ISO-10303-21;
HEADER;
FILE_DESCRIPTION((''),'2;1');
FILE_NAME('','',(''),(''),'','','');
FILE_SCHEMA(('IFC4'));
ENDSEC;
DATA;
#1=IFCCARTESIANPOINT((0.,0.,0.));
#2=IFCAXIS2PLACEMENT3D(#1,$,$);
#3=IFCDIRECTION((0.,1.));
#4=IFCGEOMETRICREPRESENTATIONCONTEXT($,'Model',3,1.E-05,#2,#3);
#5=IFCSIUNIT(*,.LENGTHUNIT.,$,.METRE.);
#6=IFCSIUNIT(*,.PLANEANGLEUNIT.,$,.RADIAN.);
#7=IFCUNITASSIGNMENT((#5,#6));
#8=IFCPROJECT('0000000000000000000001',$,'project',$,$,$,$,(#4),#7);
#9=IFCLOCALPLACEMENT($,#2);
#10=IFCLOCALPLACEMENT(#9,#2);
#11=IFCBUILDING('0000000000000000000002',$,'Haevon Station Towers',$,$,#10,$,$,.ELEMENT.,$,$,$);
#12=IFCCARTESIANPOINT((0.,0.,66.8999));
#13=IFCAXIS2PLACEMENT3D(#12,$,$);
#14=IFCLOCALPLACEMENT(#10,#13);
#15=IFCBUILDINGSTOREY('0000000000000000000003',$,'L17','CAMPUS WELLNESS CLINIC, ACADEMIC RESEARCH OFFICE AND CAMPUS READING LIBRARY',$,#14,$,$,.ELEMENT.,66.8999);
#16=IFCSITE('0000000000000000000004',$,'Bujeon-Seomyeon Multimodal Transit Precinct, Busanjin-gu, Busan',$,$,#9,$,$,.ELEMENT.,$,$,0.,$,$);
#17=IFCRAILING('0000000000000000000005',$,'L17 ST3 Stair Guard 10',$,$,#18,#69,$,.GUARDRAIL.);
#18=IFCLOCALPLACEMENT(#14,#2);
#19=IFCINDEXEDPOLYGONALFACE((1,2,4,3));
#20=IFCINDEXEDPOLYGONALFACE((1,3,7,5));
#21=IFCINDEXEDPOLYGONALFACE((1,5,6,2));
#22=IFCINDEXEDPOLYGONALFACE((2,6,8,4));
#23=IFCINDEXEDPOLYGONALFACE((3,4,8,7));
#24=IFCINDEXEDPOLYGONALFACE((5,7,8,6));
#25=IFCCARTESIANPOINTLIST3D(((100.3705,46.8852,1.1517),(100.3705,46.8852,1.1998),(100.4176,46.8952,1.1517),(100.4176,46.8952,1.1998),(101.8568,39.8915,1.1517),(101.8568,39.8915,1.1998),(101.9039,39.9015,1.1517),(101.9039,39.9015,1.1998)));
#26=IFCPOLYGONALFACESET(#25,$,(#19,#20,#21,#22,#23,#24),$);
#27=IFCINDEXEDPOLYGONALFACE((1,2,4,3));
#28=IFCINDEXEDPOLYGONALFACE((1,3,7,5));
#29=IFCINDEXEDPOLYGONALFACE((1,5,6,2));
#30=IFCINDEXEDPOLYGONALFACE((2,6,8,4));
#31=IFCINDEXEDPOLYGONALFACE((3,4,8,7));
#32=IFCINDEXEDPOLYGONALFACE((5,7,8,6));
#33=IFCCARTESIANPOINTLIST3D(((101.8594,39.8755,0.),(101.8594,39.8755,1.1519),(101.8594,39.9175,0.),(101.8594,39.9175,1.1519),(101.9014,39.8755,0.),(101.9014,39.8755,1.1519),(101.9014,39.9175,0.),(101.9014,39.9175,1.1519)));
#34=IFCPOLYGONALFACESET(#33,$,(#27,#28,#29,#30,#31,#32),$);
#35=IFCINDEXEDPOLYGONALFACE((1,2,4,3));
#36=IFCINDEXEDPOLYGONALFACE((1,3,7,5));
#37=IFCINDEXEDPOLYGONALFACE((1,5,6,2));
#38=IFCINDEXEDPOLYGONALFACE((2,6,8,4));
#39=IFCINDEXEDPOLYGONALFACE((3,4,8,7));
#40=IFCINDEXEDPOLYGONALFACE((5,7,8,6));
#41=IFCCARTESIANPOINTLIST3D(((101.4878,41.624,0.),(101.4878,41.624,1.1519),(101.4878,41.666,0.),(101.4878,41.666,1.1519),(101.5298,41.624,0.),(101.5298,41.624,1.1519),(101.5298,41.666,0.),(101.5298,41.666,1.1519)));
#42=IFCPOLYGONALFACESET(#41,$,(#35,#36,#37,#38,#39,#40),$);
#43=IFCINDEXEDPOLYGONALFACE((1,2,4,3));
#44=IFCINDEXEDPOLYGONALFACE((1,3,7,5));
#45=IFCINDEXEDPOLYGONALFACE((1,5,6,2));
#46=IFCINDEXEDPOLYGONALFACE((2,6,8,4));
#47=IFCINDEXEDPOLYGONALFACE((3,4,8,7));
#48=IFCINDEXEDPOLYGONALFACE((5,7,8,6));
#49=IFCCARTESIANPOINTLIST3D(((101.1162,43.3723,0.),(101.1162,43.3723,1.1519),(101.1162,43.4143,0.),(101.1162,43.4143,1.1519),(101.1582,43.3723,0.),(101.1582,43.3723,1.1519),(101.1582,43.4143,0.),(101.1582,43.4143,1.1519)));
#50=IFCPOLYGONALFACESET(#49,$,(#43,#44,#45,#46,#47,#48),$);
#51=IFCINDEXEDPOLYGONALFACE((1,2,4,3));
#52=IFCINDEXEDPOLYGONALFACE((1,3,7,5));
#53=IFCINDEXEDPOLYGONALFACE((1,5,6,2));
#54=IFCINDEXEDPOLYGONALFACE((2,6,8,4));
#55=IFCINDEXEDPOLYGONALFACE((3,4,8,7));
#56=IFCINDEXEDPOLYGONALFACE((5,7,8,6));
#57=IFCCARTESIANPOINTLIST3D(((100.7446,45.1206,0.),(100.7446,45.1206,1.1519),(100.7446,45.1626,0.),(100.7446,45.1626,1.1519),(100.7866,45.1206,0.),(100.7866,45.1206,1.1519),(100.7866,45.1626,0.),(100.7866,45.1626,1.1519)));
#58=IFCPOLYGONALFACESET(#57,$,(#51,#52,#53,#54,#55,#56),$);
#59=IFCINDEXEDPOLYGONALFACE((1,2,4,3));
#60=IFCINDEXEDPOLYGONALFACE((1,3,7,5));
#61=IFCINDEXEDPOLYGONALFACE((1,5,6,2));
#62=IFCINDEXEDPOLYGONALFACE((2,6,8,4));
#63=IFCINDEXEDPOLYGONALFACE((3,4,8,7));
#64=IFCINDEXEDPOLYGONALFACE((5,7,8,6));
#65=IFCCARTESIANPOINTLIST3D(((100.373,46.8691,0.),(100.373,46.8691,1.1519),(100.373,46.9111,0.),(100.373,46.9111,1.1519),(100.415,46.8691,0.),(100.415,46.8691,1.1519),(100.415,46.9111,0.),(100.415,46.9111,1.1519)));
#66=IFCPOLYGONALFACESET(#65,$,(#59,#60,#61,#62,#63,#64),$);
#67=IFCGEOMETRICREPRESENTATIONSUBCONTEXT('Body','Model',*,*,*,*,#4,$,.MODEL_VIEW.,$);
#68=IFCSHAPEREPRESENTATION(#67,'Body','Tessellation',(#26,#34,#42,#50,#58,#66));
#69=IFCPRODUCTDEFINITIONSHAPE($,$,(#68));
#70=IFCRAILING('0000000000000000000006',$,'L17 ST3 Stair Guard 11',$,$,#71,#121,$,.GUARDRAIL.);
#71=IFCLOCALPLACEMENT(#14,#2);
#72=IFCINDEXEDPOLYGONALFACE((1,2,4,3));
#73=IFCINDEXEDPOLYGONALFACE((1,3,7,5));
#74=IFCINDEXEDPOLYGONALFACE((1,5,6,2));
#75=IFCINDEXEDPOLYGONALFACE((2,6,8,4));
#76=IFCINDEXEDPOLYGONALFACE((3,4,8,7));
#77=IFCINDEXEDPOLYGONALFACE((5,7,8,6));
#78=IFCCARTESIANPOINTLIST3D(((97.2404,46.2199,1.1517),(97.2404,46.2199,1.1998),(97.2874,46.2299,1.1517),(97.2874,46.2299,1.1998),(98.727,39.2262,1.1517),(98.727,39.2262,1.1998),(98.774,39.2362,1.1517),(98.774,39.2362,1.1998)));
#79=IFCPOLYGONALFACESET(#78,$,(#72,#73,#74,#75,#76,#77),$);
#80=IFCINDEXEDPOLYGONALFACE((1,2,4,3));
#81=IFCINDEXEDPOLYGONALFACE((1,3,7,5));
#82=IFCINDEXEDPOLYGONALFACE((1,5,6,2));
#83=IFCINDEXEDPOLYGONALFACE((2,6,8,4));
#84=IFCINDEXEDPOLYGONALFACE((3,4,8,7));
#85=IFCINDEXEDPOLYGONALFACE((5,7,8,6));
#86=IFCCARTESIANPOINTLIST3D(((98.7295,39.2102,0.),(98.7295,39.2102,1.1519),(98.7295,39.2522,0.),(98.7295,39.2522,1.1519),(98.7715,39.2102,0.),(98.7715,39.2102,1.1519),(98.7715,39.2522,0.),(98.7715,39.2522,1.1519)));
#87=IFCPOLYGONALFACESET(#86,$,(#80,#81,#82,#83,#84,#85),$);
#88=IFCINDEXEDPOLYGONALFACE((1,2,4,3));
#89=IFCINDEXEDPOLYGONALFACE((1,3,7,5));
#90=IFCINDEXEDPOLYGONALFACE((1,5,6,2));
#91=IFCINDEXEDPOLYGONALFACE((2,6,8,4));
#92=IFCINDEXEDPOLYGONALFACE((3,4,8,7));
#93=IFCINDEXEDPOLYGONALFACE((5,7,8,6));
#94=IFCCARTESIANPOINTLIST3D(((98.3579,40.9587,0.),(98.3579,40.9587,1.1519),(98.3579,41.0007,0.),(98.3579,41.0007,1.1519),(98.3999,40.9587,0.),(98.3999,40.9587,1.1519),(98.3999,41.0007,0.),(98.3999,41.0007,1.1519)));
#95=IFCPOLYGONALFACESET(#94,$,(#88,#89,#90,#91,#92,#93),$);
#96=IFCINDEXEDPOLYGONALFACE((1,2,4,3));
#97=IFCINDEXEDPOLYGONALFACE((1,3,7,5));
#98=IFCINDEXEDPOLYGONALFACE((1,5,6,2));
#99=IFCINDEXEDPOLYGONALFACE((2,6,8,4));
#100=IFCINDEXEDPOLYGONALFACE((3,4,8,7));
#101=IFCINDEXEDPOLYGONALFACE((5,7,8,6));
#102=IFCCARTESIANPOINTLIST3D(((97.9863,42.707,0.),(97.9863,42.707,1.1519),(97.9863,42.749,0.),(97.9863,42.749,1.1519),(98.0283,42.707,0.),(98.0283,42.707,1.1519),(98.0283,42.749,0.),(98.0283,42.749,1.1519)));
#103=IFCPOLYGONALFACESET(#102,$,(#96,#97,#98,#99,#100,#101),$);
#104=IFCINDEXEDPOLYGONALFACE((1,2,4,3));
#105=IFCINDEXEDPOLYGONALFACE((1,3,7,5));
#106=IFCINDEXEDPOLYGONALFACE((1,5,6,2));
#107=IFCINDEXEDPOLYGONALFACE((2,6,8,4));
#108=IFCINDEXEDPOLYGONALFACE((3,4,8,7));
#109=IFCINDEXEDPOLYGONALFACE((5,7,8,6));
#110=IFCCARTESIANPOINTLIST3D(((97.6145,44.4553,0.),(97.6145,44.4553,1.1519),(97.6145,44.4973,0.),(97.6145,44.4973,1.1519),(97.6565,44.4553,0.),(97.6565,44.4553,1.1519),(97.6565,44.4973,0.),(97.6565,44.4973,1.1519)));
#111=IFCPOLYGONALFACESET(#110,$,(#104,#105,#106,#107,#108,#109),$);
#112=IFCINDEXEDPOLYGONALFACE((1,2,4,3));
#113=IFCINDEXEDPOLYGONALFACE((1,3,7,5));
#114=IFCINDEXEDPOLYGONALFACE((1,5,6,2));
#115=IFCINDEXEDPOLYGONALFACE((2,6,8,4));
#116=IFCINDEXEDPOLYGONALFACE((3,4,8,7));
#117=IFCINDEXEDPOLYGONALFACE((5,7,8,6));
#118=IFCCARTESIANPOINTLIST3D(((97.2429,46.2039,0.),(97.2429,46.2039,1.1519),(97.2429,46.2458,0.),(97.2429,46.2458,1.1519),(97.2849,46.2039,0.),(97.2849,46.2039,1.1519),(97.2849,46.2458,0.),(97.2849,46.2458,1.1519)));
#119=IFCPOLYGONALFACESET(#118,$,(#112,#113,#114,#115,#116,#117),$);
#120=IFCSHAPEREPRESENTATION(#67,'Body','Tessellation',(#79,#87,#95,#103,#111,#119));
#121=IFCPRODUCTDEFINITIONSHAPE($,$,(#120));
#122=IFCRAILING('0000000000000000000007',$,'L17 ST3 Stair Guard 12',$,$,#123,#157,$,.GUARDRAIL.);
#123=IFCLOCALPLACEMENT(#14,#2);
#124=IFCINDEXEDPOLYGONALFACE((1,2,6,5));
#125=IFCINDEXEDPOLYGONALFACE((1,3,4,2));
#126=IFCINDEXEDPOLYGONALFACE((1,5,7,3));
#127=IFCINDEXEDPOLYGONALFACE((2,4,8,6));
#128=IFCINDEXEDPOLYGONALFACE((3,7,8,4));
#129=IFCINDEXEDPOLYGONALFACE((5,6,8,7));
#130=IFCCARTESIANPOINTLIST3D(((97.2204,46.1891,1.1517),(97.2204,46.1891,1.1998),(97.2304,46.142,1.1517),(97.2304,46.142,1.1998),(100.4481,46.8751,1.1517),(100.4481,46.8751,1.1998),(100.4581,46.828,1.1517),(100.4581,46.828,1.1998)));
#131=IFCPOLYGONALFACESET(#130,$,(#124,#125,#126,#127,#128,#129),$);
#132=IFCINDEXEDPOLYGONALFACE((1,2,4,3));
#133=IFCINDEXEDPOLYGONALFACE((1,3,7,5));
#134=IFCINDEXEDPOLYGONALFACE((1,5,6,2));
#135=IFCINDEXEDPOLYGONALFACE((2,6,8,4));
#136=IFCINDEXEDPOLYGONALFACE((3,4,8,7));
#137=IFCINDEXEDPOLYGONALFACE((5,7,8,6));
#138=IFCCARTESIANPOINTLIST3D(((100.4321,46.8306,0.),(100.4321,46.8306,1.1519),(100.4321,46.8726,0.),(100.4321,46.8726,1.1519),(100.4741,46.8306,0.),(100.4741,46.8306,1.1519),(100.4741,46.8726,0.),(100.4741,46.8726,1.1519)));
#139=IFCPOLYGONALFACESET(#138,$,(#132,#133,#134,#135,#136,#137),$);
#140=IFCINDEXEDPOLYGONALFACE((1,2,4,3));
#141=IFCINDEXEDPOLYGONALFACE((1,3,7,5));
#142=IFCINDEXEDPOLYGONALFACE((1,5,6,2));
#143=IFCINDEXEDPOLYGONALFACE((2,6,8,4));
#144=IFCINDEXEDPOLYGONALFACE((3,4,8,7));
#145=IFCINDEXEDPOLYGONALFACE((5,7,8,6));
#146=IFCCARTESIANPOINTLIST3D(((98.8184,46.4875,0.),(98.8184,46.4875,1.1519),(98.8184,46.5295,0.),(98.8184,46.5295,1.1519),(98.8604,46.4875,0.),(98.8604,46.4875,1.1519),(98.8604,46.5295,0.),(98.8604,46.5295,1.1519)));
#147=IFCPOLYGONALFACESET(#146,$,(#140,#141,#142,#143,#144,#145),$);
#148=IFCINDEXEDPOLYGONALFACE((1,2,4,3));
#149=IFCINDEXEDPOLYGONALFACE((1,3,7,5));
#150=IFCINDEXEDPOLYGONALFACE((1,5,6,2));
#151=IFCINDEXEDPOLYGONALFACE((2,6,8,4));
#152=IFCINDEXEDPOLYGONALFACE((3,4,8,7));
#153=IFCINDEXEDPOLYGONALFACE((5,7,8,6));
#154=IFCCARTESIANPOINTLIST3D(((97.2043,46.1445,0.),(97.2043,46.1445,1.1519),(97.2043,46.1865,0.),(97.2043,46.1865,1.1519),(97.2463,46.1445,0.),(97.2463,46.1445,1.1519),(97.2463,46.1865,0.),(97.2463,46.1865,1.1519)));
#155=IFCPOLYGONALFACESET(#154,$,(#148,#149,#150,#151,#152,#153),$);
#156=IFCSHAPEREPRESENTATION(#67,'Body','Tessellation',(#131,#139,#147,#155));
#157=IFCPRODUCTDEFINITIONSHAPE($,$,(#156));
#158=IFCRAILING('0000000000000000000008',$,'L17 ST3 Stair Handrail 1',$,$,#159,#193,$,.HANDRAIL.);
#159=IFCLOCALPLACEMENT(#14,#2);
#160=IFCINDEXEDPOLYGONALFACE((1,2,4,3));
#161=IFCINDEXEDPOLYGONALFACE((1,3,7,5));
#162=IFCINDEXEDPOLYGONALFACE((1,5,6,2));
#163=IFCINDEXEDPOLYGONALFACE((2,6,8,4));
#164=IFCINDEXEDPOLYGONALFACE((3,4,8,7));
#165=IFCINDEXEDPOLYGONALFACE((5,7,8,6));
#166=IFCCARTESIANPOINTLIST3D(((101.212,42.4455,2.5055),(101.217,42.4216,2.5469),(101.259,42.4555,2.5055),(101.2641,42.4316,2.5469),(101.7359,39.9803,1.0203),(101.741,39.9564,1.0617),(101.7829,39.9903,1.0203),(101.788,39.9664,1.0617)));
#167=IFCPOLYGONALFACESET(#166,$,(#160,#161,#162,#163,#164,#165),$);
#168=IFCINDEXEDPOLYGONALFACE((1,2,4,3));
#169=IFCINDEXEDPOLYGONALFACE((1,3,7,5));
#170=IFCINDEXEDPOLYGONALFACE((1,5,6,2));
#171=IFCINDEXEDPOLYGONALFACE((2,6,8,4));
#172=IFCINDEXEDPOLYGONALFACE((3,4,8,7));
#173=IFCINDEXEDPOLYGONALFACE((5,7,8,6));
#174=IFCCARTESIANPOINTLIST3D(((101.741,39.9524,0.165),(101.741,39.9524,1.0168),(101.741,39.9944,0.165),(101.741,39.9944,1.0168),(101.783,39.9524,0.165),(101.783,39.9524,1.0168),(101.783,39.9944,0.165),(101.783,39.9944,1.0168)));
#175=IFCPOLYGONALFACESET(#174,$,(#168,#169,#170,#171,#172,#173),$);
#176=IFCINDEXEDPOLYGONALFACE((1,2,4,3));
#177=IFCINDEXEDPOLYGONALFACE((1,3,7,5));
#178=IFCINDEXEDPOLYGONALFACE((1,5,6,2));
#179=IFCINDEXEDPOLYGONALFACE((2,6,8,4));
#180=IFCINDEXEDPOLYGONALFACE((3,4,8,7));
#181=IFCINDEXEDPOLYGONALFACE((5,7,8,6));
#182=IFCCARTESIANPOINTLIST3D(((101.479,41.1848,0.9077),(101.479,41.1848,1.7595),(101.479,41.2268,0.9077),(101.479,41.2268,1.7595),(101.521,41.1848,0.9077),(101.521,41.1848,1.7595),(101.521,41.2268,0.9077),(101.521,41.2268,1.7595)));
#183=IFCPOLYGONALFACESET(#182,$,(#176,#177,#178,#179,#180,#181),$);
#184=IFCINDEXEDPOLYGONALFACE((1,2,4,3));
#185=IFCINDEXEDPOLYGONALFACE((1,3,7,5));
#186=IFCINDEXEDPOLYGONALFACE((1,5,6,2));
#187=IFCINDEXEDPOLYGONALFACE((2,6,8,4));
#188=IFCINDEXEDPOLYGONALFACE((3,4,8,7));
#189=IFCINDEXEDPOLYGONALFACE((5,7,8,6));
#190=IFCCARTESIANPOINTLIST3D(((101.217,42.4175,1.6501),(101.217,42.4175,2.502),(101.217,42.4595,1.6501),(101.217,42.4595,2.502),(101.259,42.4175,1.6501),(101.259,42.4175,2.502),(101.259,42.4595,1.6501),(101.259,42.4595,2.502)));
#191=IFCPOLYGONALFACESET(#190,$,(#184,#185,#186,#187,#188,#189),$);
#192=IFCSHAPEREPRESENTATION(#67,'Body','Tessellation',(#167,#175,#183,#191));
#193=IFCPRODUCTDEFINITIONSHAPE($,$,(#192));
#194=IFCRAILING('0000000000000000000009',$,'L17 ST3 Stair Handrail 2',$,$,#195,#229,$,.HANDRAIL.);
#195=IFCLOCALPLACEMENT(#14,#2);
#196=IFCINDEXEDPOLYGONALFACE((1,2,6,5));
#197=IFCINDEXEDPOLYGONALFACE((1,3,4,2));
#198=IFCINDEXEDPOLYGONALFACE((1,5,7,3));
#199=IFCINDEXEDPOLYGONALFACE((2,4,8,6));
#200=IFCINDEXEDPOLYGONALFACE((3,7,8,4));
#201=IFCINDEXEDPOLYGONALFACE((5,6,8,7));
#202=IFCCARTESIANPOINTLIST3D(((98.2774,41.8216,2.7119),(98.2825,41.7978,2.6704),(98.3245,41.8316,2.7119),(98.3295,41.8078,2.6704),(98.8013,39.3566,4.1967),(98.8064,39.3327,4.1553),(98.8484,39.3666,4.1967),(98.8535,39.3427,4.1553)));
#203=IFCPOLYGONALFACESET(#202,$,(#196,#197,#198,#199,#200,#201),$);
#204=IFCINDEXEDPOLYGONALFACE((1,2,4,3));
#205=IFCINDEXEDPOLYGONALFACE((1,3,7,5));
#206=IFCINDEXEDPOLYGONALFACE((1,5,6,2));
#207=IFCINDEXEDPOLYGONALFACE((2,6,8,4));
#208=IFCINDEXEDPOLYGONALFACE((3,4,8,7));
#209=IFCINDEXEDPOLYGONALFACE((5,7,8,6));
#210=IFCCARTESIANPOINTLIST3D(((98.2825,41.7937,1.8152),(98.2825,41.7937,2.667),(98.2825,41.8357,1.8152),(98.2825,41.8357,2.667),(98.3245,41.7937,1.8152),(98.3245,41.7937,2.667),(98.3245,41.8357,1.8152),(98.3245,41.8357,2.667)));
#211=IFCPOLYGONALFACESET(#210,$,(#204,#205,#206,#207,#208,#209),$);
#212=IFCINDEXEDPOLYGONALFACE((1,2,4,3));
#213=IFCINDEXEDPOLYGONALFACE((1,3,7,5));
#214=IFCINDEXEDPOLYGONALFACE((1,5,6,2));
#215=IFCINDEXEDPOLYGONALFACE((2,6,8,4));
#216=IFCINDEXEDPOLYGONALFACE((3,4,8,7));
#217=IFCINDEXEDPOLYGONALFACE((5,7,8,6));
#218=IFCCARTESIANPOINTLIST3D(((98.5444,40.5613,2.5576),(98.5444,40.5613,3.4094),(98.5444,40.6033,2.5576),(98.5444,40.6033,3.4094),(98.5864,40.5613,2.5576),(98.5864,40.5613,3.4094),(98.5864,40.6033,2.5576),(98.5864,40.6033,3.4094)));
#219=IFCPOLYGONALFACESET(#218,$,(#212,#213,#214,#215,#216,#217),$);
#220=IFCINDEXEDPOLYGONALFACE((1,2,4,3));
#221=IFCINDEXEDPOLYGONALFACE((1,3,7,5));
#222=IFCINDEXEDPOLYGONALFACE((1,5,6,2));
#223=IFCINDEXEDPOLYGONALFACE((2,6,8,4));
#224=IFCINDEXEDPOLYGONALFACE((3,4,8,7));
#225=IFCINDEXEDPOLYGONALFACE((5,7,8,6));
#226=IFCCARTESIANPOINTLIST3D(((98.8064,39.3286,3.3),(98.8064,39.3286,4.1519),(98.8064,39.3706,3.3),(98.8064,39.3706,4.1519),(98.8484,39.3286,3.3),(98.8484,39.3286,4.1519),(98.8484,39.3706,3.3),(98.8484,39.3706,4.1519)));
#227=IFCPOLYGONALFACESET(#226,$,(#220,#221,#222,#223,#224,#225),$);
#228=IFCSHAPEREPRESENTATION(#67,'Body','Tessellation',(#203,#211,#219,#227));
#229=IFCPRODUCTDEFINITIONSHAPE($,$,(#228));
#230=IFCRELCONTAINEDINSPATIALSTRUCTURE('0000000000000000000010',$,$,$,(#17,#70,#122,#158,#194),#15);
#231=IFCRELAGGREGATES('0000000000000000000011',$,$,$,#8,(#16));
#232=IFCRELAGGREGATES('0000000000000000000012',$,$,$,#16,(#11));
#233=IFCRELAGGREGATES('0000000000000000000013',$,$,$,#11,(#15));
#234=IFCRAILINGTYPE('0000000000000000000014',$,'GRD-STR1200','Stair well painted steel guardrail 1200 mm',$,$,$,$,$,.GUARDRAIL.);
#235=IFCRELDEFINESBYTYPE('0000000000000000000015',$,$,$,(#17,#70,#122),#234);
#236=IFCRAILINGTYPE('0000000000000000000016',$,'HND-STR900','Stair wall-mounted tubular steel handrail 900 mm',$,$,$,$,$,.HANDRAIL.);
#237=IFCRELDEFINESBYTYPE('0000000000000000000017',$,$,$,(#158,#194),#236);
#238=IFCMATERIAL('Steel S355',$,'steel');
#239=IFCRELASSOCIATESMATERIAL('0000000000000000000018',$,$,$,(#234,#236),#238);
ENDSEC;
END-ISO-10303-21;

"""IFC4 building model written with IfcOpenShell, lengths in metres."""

from ifc_helpers import new_model, si_unit, direction, frame, origin, origin_2d, place, context, subcontext, project, spatial, rectangle, extrude, material, type_object, element, save


model = new_model("IFC4")

# Units and contexts
model_context = context("Model", 3, precision=1e-05, world=origin(), true_north=direction((0.0, 1.0)))
body_context = subcontext(model_context, "Body", "Model", "MODEL_VIEW")
ifc_project = project(units=[si_unit("LENGTHUNIT", "METRE"), si_unit("PLANEANGLEUNIT", "RADIAN")], contexts=[model_context])

# Site, building, storey
site_placement = place(None, origin())
site = spatial("IfcSite", under=ifc_project, at=site_placement, Name="Bujeon-Seomyeon Multimodal Transit Precinct, Busanjin-gu, Busan", CompositionType="ELEMENT", RefElevation=0.0)
building_placement = place(site_placement, origin())
building = spatial("IfcBuilding", under=site, at=building_placement, Name="Haevon Station Towers", CompositionType="ELEMENT")
storey_placement = place(building_placement, frame((0.0, 0.0, 66.8999)))
storey = spatial("IfcBuildingStorey", under=building, at=storey_placement, Name="L17", Description="CAMPUS WELLNESS CLINIC, ACADEMIC RESEARCH OFFICE AND CAMPUS READING LIBRARY", CompositionType="ELEMENT", Elevation=66.8999)

# Shared definitions
ifc_material_1 = material(Name="Steel S355", Category="steel")

# Railings
railing_type_1 = type_object("IfcRailingType", Name="GRD-STR1200", Description="Stair well painted steel guardrail 1200 mm", PredefinedType="GUARDRAIL", material=ifc_material_1)
railing_1_placement = place(storey_placement, frame((101.8804, 39.8965, 0.0)))
element("IfcRailing", 1, at=railing_1_placement, inside=storey, type_object=railing_type_1, Name="L17 ST3 Stair Guard 10", PredefinedType="GUARDRAIL", context=body_context, shape_type="SweptSolid", body=[
    extrude(rectangle(XDim=0.0481, YDim=0.0481, at=origin_2d()), frame((0.0, 0.0, 1.1758), z_axis=(-0.207882, 0.978154, 0.0), x_axis=(-0.978154, -0.207882, 0.0)), (0.0, 0.0, 1.0), 7.1499),
    extrude(rectangle(XDim=0.042, YDim=0.042, at=origin_2d()), origin(), (0.0, 0.0, 1.0), 1.1519),
    extrude(rectangle(XDim=0.042, YDim=0.042, at=origin_2d()), frame((-0.3716, 1.7485, 0.0)), (0.0, 0.0, 1.0), 1.1519),
    extrude(rectangle(XDim=0.042, YDim=0.042, at=origin_2d()), frame((-0.7432, 3.4968, 0.0)), (0.0, 0.0, 1.0), 1.1519),
    extrude(rectangle(XDim=0.042, YDim=0.042, at=origin_2d()), frame((-1.1147, 5.2451, 0.0)), (0.0, 0.0, 1.0), 1.1519),
    extrude(rectangle(XDim=0.042, YDim=0.042, at=origin_2d()), frame((-1.4863, 6.9937, 0.0)), (0.0, 0.0, 1.0), 1.1519),
])
railing_2_placement = place(storey_placement, frame((98.7505, 39.2312, 0.0)))
element("IfcRailing", 2, at=railing_2_placement, inside=storey, type_object=railing_type_1, Name="L17 ST3 Stair Guard 11", PredefinedType="GUARDRAIL", context=body_context, shape_type="SweptSolid", body=[
    extrude(rectangle(XDim=0.0481, YDim=0.0481, at=origin_2d()), frame((0.0, 0.0, 1.1758), z_axis=(-0.207915, 0.978147, 0.0), x_axis=(-0.978147, -0.207915, 0.0)), (0.0, 0.0, 1.0), 7.1499),
    extrude(rectangle(XDim=0.042, YDim=0.042, at=origin_2d()), origin(), (0.0, 0.0, 1.0), 1.1519),
    extrude(rectangle(XDim=0.042, YDim=0.042, at=origin_2d()), frame((-0.3716, 1.7485, 0.0)), (0.0, 0.0, 1.0), 1.1519),
    extrude(rectangle(XDim=0.042, YDim=0.042, at=origin_2d()), frame((-0.7432, 3.4968, 0.0)), (0.0, 0.0, 1.0), 1.1519),
    extrude(rectangle(XDim=0.042, YDim=0.042, at=origin_2d()), frame((-1.115, 5.2451, 0.0)), (0.0, 0.0, 1.0), 1.1519),
    extrude(rectangle(XDim=0.042, YDim=0.042, at=origin_2d()), frame((-1.4866, 6.9937, 0.0)), (0.0, 0.0, 1.0), 1.1519),
])
railing_3_placement = place(storey_placement, frame((100.4531, 46.8516, 0.0)))
element("IfcRailing", 3, at=railing_3_placement, inside=storey, type_object=railing_type_1, Name="L17 ST3 Stair Guard 12", PredefinedType="GUARDRAIL", context=body_context, shape_type="SweptSolid", body=[
    extrude(rectangle(XDim=0.0481, YDim=0.0481, at=origin_2d()), frame((0.0, 0.0, 1.1758), z_axis=(-0.978151, -0.207897, 0.0), x_axis=(0.207897, -0.978151, 0.0)), (0.0, 0.0, 1.0), 3.2998),
    extrude(rectangle(XDim=0.042, YDim=0.042, at=origin_2d()), origin(), (0.0, 0.0, 1.0), 1.1519),
    extrude(rectangle(XDim=0.042, YDim=0.042, at=origin_2d()), frame((-1.6138, -0.343, 0.0)), (0.0, 0.0, 1.0), 1.1519),
    extrude(rectangle(XDim=0.042, YDim=0.042, at=origin_2d()), frame((-3.2278, -0.686, 0.0)), (0.0, 0.0, 1.0), 1.1519),
])
railing_type_2 = type_object("IfcRailingType", Name="HND-STR900", Description="Stair wall-mounted tubular steel handrail 900 mm", PredefinedType="HANDRAIL", material=ifc_material_1)
railing_4_placement = place(storey_placement, frame((101.762, 39.9734, 0.165)))
element("IfcRailing", 4, at=railing_4_placement, inside=storey, type_object=railing_type_2, Name="L17 ST3 Stair Handrail 1", PredefinedType="HANDRAIL", context=body_context, shape_type="SweptSolid", body=[
    extrude(rectangle(XDim=0.0481, YDim=0.0481, at=origin_2d()), frame((0.0, 0.0, 0.876), z_axis=(-0.179109, 0.842712, 0.507697), x_axis=(-0.978151, -0.207895, 0.0)), (0.0, 0.0, 1.0), 2.9253),
    extrude(rectangle(XDim=0.042, YDim=0.042, at=origin_2d()), origin(), (0.0, 0.0, 1.0), 0.8518),
    extrude(rectangle(XDim=0.042, YDim=0.042, at=origin_2d()), frame((-0.262, 1.2324, 0.7427)), (0.0, 0.0, 1.0), 0.8518),
    extrude(rectangle(XDim=0.042, YDim=0.042, at=origin_2d()), frame((-0.5239, 2.4651, 1.4851)), (0.0, 0.0, 1.0), 0.8518),
])
railing_5_placement = place(storey_placement, frame((98.3035, 41.8147, 1.8152)))
element("IfcRailing", 5, at=railing_5_placement, inside=storey, type_object=railing_type_2, Name="L17 ST3 Stair Handrail 2", PredefinedType="HANDRAIL", context=body_context, shape_type="SweptSolid", body=[
    extrude(rectangle(XDim=0.0481, YDim=0.0481, at=origin_2d()), frame((0.0, 0.0, 0.876), z_axis=(0.179116, -0.842748, 0.507635), x_axis=(0.978151, 0.207895, 0.0)), (0.0, 0.0, 1.0), 2.925),
    extrude(rectangle(XDim=0.042, YDim=0.042, at=origin_2d()), origin(), (0.0, 0.0, 1.0), 0.8518),
    extrude(rectangle(XDim=0.042, YDim=0.042, at=origin_2d()), frame((0.262, -1.2324, 0.7424)), (0.0, 0.0, 1.0), 0.8518),
    extrude(rectangle(XDim=0.042, YDim=0.042, at=origin_2d()), frame((0.5239, -2.4651, 1.4849)), (0.0, 0.0, 1.0), 0.8518),
])

save(model, "model.ifc")
